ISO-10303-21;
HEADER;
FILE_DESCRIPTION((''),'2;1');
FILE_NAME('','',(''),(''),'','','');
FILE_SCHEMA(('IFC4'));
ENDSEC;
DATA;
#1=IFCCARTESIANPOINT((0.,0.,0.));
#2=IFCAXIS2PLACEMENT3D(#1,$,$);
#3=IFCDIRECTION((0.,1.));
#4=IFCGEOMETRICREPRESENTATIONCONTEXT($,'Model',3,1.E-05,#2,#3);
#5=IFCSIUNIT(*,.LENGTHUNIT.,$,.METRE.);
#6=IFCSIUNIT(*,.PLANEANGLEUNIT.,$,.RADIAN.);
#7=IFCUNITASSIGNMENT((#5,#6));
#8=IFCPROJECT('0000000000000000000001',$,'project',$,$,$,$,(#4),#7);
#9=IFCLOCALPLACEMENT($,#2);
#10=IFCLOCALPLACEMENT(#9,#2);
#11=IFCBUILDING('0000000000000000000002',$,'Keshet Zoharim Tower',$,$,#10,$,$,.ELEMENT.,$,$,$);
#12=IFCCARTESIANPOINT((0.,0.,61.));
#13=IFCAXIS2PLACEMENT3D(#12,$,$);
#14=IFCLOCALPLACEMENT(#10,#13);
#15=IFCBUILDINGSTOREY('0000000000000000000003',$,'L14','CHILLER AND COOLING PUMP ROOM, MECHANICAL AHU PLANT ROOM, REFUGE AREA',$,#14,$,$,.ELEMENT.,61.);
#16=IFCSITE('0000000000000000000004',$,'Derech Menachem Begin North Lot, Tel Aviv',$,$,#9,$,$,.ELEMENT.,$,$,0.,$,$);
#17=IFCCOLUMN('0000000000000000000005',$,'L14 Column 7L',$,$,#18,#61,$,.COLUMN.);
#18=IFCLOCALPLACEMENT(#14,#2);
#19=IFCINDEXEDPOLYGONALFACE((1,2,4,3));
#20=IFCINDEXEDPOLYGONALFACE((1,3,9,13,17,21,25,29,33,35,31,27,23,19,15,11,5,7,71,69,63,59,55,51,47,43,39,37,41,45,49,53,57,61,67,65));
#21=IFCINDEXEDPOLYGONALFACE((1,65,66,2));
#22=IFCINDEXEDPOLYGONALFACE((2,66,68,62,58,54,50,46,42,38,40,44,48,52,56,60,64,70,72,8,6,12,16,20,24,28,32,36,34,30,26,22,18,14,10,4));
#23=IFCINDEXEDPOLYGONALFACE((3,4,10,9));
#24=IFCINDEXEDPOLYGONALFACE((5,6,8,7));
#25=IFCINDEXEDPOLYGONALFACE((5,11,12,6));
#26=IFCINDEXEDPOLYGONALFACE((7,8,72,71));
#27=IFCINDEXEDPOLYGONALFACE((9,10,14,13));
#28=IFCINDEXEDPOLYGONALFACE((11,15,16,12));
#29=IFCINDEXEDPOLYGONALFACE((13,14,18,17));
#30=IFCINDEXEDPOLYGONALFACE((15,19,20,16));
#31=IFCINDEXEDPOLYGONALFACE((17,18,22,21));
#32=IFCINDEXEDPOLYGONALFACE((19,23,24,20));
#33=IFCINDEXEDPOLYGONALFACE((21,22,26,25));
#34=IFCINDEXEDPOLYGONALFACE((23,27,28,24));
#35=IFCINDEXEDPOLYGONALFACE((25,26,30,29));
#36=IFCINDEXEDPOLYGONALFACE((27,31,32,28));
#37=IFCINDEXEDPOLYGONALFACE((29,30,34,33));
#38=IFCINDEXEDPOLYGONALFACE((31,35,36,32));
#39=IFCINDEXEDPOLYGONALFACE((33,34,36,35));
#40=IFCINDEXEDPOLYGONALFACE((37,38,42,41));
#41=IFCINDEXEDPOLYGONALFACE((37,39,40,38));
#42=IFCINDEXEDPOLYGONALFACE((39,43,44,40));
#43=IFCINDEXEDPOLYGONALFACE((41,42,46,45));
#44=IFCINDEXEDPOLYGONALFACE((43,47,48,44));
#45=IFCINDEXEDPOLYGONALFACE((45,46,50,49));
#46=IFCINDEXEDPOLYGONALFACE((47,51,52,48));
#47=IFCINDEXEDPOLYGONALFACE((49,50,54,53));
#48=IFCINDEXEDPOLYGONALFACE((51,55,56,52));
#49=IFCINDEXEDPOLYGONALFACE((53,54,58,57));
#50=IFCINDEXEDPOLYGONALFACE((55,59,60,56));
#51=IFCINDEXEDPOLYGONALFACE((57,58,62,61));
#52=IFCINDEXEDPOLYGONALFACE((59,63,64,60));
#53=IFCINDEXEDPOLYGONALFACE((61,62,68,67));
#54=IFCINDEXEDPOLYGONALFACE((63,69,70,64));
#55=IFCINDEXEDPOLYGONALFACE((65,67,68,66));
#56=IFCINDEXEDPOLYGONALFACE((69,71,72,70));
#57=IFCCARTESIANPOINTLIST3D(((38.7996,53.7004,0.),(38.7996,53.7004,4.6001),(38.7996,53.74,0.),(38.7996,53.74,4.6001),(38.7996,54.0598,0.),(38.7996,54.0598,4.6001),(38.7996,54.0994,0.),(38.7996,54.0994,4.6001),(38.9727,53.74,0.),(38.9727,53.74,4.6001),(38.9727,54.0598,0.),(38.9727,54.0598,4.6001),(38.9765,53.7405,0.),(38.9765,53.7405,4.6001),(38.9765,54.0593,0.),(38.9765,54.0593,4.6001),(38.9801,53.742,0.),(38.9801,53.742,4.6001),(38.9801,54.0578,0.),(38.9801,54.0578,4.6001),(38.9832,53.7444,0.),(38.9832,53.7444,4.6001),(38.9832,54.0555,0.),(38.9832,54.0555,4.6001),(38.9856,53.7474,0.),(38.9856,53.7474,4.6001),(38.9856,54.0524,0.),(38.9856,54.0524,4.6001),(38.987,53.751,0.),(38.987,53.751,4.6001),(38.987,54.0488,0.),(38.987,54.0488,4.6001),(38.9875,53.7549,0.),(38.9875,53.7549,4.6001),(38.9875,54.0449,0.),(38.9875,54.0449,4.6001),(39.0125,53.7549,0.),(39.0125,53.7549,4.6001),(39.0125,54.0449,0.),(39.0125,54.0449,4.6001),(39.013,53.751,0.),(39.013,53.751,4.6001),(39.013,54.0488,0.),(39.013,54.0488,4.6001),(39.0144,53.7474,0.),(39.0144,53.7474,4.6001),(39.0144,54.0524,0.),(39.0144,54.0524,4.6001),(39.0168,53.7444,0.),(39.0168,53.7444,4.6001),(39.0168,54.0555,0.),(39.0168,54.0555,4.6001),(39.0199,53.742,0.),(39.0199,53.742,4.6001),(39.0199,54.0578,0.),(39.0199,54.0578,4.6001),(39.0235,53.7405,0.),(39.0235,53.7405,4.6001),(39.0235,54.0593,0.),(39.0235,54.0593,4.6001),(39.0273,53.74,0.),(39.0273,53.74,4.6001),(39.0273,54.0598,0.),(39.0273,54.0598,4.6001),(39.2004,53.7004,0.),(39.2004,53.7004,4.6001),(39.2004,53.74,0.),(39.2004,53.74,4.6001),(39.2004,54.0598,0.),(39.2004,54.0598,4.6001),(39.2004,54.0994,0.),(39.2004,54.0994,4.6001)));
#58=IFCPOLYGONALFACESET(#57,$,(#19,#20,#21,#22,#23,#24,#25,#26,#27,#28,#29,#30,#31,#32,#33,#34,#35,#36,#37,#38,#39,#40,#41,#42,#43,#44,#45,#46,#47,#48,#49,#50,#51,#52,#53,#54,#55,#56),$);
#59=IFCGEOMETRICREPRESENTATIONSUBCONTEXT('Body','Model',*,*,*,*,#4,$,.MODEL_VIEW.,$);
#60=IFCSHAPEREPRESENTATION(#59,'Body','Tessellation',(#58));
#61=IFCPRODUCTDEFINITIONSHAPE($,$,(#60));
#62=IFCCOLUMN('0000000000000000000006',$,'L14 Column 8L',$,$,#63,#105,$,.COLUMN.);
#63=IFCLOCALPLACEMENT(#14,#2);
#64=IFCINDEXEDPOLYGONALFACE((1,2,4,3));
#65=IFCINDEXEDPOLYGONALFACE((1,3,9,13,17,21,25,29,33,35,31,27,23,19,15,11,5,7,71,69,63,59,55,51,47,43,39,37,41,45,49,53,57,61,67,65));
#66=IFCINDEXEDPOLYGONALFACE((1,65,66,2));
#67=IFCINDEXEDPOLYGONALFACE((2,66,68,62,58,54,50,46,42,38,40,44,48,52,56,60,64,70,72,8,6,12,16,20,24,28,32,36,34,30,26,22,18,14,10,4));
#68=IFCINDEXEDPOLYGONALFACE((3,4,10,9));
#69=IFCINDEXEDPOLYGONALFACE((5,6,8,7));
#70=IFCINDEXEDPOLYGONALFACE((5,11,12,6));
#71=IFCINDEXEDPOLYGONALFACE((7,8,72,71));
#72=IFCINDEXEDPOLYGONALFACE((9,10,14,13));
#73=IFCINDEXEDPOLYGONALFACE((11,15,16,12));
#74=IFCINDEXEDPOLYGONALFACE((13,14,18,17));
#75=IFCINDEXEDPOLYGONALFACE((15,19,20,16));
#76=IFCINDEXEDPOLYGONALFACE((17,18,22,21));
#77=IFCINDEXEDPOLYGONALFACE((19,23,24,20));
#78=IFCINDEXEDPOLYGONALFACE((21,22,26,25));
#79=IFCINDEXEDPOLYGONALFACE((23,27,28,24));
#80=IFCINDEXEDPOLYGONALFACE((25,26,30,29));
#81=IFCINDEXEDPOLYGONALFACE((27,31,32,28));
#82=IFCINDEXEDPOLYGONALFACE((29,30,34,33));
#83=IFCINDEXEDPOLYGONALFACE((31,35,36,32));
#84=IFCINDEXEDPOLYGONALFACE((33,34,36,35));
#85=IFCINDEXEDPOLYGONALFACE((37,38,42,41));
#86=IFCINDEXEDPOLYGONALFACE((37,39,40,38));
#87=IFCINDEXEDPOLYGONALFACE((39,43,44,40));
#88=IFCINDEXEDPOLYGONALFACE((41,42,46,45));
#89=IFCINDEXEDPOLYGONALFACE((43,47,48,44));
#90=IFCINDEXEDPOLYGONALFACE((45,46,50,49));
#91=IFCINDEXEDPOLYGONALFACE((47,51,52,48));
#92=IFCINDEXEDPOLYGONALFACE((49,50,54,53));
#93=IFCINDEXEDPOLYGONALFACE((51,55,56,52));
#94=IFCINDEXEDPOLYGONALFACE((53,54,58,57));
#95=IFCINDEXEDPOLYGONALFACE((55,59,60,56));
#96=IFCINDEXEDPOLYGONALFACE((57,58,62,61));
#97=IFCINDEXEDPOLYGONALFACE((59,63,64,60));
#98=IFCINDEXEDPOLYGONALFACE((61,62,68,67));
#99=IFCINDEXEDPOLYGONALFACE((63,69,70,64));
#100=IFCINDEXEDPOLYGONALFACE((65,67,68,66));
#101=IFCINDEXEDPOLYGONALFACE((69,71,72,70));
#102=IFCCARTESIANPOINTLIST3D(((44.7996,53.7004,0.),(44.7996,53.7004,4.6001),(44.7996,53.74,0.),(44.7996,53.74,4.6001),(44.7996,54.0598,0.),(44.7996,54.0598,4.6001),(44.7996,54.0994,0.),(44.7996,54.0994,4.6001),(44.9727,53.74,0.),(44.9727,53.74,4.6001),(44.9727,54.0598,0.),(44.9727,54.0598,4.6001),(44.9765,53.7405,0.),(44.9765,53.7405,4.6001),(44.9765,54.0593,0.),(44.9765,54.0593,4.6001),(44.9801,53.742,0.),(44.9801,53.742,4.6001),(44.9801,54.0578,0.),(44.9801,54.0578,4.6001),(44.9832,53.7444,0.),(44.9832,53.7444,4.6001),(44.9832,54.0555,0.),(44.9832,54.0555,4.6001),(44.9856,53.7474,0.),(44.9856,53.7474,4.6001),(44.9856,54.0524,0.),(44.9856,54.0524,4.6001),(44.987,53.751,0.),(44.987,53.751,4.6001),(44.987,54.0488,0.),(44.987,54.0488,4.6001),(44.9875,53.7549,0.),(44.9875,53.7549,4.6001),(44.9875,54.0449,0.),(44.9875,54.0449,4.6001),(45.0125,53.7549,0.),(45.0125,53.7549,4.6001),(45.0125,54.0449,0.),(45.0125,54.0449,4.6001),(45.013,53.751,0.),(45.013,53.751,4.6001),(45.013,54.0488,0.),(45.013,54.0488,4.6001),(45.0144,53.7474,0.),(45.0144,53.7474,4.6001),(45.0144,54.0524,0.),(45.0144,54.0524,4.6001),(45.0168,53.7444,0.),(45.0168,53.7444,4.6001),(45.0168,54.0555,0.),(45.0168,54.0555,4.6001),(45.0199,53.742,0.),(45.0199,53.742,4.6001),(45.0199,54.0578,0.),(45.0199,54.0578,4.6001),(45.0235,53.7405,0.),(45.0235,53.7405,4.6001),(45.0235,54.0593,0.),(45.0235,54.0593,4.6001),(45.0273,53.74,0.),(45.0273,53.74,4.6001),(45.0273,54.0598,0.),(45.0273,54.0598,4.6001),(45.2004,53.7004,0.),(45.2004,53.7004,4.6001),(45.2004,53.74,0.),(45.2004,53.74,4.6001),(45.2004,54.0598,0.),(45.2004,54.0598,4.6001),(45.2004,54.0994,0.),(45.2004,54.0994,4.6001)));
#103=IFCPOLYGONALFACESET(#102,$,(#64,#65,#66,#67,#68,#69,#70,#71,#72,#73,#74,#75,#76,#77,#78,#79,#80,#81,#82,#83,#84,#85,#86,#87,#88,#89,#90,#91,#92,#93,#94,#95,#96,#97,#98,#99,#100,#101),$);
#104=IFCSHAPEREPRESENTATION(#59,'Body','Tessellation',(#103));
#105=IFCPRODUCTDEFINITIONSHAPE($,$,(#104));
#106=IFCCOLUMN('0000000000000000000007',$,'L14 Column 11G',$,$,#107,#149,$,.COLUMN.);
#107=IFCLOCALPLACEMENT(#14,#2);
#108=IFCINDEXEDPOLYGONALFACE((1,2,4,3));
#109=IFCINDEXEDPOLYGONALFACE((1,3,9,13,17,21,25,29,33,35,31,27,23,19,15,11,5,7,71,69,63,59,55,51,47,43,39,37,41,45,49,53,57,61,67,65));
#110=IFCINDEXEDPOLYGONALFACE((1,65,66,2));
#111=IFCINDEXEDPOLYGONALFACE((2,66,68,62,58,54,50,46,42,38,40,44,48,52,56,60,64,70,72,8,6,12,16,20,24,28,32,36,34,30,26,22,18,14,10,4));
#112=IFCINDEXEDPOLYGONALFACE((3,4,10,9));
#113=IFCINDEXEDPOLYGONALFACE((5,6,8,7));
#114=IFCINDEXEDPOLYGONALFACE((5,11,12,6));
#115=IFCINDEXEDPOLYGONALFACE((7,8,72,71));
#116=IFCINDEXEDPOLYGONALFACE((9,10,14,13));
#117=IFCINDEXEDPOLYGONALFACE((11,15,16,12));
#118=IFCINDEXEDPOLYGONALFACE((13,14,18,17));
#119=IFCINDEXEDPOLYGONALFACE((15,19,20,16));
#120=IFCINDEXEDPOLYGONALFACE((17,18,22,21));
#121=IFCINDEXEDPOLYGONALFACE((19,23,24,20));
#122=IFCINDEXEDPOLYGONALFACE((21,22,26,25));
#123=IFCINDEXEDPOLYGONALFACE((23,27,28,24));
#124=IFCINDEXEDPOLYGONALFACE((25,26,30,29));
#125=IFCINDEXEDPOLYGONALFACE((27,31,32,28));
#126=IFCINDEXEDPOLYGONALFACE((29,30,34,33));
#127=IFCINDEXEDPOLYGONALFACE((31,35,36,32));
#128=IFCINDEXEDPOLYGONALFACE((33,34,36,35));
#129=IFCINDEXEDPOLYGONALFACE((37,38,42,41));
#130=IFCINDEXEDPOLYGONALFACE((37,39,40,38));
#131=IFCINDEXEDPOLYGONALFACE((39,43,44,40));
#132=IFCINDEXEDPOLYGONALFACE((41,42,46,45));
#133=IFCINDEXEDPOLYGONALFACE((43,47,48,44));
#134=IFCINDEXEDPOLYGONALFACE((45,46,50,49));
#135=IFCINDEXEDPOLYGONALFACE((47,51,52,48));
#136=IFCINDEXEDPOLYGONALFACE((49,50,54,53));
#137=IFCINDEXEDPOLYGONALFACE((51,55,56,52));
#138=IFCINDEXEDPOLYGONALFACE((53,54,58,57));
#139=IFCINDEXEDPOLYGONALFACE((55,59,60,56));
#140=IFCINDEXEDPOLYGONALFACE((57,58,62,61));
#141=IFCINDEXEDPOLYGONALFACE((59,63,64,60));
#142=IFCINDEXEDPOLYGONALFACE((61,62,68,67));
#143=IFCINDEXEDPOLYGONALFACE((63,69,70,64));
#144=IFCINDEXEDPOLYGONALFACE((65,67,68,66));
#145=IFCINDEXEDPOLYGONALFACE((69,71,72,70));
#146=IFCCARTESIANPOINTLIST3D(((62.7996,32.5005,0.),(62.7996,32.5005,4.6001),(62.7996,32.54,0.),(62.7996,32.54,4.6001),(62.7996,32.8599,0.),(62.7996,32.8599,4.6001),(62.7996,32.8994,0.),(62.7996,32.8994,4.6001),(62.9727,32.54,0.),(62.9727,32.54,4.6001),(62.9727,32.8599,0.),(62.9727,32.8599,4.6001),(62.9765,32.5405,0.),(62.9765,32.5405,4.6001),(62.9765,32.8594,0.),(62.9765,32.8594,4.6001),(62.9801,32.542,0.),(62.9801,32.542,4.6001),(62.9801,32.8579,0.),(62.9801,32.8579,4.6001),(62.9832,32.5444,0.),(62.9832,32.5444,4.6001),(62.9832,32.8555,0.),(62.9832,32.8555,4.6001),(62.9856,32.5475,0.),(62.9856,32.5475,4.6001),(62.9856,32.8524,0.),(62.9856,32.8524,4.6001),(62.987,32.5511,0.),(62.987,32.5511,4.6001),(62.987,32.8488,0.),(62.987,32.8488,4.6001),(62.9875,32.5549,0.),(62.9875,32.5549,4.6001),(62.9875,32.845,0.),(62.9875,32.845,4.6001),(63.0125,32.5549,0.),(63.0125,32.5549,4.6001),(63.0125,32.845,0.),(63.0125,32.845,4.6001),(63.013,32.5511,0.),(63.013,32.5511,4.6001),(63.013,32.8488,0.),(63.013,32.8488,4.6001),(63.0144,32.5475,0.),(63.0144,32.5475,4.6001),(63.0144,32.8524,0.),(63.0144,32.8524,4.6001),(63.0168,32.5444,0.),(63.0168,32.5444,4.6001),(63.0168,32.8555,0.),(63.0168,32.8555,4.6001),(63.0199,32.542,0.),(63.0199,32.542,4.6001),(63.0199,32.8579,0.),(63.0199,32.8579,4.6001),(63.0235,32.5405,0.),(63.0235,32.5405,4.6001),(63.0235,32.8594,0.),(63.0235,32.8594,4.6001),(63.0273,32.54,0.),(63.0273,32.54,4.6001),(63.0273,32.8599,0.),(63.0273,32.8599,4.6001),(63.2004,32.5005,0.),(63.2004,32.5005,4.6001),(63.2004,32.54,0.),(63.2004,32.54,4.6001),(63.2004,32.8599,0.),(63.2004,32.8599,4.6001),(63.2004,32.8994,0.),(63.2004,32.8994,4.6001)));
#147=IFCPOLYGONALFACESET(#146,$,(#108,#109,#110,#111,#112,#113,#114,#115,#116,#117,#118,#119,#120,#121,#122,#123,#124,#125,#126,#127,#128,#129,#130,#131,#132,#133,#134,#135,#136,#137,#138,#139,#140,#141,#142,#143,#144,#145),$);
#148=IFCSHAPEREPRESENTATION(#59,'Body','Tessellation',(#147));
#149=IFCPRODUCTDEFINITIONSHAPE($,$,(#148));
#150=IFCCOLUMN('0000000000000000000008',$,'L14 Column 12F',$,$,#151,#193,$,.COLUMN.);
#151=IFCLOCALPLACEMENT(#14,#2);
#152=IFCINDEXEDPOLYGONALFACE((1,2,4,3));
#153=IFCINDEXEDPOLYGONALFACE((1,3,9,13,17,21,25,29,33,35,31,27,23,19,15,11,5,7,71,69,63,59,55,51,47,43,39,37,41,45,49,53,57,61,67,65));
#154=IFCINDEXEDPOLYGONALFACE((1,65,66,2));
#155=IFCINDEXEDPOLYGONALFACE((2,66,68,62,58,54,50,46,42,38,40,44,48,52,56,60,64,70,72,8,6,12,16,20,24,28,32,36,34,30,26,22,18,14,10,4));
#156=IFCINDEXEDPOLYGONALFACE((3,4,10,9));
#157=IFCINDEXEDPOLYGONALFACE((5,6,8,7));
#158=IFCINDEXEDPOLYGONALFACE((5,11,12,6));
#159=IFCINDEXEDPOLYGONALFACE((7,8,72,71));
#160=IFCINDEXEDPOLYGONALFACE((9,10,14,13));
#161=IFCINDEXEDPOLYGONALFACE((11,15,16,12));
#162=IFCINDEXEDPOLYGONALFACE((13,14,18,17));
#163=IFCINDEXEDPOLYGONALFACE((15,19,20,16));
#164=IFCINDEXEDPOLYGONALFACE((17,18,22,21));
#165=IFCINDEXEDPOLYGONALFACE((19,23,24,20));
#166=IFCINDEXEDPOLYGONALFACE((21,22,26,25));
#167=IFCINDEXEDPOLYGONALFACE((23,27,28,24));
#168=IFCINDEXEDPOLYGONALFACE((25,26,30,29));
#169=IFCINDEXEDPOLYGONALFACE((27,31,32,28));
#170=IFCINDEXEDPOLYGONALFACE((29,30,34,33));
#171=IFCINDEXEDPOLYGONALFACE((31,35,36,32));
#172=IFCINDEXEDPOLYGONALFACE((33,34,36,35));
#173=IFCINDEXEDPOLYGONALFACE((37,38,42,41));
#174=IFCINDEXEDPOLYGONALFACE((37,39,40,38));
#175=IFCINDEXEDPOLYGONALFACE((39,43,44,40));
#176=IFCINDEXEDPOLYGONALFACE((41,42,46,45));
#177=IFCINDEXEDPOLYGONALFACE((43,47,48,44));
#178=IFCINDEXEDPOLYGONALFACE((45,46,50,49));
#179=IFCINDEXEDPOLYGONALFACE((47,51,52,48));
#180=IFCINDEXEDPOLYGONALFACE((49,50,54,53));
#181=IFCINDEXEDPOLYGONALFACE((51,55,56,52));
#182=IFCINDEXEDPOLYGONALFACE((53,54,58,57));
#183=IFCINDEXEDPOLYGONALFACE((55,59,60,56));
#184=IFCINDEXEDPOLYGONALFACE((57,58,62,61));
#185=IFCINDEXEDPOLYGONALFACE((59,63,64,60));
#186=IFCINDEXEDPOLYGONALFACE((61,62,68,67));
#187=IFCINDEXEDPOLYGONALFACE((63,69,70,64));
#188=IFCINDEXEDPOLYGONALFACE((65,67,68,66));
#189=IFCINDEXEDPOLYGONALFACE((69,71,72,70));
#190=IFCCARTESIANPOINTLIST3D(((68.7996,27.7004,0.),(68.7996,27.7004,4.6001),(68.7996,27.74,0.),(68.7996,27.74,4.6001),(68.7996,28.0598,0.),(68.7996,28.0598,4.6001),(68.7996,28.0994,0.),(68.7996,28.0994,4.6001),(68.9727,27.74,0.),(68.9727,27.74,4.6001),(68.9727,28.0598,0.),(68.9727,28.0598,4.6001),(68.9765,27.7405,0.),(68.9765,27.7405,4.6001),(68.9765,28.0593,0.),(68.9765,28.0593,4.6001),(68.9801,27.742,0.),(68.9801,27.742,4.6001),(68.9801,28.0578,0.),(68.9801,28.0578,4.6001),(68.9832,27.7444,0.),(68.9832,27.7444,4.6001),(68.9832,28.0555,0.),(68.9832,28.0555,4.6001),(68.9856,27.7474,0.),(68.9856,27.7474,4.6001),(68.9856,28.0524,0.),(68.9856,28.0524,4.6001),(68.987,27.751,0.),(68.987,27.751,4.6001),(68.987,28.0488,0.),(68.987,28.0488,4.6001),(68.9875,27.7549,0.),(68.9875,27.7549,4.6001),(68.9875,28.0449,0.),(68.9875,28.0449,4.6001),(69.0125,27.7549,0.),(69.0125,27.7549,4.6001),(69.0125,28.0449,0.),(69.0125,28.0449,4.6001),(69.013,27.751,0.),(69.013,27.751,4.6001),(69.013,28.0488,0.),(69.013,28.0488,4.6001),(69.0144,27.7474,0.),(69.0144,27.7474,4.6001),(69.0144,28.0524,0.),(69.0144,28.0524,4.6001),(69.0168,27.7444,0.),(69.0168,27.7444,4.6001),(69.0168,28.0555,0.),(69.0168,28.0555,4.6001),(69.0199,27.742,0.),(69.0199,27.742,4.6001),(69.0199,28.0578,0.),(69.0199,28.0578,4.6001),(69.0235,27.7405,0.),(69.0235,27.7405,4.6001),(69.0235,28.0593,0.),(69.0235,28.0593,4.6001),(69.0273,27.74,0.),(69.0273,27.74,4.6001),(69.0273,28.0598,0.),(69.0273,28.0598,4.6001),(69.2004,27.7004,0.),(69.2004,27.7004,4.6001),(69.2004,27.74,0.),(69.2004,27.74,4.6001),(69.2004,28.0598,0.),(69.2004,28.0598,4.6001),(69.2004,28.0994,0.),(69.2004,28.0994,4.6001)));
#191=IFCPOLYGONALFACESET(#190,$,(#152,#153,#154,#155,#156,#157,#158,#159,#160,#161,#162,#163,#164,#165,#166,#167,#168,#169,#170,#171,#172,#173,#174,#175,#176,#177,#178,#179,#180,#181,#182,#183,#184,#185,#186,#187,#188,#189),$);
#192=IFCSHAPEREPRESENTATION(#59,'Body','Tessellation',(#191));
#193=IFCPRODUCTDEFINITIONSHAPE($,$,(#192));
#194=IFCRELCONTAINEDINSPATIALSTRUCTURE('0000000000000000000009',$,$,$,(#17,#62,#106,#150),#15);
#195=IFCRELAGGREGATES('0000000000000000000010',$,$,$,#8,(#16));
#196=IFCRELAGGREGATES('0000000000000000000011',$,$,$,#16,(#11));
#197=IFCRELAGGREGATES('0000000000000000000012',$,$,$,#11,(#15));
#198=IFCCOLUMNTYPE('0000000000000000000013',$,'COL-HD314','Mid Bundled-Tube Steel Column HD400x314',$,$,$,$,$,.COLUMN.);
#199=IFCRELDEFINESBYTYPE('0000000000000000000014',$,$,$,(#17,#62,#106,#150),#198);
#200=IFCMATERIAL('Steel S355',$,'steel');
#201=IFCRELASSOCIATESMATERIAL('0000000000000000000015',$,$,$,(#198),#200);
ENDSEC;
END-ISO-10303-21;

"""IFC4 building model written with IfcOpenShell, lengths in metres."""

from ifc_helpers import new_model, si_unit, direction, frame, origin, origin_2d, place, context, subcontext, project, spatial, i_section, extrude, material, material_profile, profile_set, type_object, element, save


model = new_model("IFC4")

# Units and contexts
model_context = context("Model", 3, precision=1e-05, world=origin(), true_north=direction((0.0, 1.0)))
body_context = subcontext(model_context, "Body", "Model", "MODEL_VIEW")
ifc_project = project(units=[si_unit("LENGTHUNIT", "METRE"), si_unit("PLANEANGLEUNIT", "RADIAN")], contexts=[model_context])

# Site, building, storey
site_placement = place(None, origin())
site = spatial("IfcSite", under=ifc_project, at=site_placement, Name="Derech Menachem Begin North Lot, Tel Aviv", CompositionType="ELEMENT", RefElevation=0.0)
building_placement = place(site_placement, origin())
building = spatial("IfcBuilding", under=site, at=building_placement, Name="Keshet Zoharim Tower", CompositionType="ELEMENT")
storey_placement = place(building_placement, frame((0.0, 0.0, 61.0)))
storey = spatial("IfcBuildingStorey", under=building, at=storey_placement, Name="L14", Description="CHILLER AND COOLING PUMP ROOM, MECHANICAL AHU PLANT ROOM, REFUGE AREA", CompositionType="ELEMENT", Elevation=61.0)

# Columns
ifc_material_1 = material(Name="Steel S355", Category="steel")
ifc_material_profile_1 = material_profile(ifc_material_1, i_section(OverallWidth=0.4009, OverallDepth=0.3989, WebThickness=0.0249, FlangeThickness=0.0396, FilletRadius=0.0149, at=origin_2d()), Name="HD400x314")
ifc_profile_set_1 = profile_set([ifc_material_profile_1], Name="Steel S355")
column_type = type_object("IfcColumnType", Name="COL-HD314", Description="Mid Bundled-Tube Steel Column HD400x314", PredefinedType="COLUMN", material=ifc_profile_set_1)
for number, where, z_axis, x_axis, name in (
    (1, (39.0, 53.8999, 0.0), (0.0, 0.0, 1.0), (1.0, 0.0, 0.0), "L14 Column 7L"),
    (2, (45.0, 53.8999, 0.0), (0.0, 0.0, 1.0), (1.0, 0.0, 0.0), "L14 Column 8L"),
    (3, (63.0, 32.7, 0.0), (0.0, 0.0, 1.0), (1.0, 0.0, 0.0), "L14 Column 11G"),
    (4, (69.0, 27.8999, 0.0), (0.0, 0.0, 1.0), (1.0, 0.0, 0.0), "L14 Column 12F"),
):
    element("IfcColumn", number, at=place(storey_placement, frame(where, z_axis=z_axis, x_axis=x_axis)), inside=storey, type_object=column_type, Name=name, PredefinedType="COLUMN", context=body_context, shape_type="SweptSolid", body=[
        extrude(i_section(OverallWidth=0.4009, OverallDepth=0.3989, WebThickness=0.0249, FlangeThickness=0.0396, FilletRadius=0.0149, at=origin_2d()), origin(), (0.0, 0.0, 1.0), 4.6001),
    ])

save(model, "model.ifc")
